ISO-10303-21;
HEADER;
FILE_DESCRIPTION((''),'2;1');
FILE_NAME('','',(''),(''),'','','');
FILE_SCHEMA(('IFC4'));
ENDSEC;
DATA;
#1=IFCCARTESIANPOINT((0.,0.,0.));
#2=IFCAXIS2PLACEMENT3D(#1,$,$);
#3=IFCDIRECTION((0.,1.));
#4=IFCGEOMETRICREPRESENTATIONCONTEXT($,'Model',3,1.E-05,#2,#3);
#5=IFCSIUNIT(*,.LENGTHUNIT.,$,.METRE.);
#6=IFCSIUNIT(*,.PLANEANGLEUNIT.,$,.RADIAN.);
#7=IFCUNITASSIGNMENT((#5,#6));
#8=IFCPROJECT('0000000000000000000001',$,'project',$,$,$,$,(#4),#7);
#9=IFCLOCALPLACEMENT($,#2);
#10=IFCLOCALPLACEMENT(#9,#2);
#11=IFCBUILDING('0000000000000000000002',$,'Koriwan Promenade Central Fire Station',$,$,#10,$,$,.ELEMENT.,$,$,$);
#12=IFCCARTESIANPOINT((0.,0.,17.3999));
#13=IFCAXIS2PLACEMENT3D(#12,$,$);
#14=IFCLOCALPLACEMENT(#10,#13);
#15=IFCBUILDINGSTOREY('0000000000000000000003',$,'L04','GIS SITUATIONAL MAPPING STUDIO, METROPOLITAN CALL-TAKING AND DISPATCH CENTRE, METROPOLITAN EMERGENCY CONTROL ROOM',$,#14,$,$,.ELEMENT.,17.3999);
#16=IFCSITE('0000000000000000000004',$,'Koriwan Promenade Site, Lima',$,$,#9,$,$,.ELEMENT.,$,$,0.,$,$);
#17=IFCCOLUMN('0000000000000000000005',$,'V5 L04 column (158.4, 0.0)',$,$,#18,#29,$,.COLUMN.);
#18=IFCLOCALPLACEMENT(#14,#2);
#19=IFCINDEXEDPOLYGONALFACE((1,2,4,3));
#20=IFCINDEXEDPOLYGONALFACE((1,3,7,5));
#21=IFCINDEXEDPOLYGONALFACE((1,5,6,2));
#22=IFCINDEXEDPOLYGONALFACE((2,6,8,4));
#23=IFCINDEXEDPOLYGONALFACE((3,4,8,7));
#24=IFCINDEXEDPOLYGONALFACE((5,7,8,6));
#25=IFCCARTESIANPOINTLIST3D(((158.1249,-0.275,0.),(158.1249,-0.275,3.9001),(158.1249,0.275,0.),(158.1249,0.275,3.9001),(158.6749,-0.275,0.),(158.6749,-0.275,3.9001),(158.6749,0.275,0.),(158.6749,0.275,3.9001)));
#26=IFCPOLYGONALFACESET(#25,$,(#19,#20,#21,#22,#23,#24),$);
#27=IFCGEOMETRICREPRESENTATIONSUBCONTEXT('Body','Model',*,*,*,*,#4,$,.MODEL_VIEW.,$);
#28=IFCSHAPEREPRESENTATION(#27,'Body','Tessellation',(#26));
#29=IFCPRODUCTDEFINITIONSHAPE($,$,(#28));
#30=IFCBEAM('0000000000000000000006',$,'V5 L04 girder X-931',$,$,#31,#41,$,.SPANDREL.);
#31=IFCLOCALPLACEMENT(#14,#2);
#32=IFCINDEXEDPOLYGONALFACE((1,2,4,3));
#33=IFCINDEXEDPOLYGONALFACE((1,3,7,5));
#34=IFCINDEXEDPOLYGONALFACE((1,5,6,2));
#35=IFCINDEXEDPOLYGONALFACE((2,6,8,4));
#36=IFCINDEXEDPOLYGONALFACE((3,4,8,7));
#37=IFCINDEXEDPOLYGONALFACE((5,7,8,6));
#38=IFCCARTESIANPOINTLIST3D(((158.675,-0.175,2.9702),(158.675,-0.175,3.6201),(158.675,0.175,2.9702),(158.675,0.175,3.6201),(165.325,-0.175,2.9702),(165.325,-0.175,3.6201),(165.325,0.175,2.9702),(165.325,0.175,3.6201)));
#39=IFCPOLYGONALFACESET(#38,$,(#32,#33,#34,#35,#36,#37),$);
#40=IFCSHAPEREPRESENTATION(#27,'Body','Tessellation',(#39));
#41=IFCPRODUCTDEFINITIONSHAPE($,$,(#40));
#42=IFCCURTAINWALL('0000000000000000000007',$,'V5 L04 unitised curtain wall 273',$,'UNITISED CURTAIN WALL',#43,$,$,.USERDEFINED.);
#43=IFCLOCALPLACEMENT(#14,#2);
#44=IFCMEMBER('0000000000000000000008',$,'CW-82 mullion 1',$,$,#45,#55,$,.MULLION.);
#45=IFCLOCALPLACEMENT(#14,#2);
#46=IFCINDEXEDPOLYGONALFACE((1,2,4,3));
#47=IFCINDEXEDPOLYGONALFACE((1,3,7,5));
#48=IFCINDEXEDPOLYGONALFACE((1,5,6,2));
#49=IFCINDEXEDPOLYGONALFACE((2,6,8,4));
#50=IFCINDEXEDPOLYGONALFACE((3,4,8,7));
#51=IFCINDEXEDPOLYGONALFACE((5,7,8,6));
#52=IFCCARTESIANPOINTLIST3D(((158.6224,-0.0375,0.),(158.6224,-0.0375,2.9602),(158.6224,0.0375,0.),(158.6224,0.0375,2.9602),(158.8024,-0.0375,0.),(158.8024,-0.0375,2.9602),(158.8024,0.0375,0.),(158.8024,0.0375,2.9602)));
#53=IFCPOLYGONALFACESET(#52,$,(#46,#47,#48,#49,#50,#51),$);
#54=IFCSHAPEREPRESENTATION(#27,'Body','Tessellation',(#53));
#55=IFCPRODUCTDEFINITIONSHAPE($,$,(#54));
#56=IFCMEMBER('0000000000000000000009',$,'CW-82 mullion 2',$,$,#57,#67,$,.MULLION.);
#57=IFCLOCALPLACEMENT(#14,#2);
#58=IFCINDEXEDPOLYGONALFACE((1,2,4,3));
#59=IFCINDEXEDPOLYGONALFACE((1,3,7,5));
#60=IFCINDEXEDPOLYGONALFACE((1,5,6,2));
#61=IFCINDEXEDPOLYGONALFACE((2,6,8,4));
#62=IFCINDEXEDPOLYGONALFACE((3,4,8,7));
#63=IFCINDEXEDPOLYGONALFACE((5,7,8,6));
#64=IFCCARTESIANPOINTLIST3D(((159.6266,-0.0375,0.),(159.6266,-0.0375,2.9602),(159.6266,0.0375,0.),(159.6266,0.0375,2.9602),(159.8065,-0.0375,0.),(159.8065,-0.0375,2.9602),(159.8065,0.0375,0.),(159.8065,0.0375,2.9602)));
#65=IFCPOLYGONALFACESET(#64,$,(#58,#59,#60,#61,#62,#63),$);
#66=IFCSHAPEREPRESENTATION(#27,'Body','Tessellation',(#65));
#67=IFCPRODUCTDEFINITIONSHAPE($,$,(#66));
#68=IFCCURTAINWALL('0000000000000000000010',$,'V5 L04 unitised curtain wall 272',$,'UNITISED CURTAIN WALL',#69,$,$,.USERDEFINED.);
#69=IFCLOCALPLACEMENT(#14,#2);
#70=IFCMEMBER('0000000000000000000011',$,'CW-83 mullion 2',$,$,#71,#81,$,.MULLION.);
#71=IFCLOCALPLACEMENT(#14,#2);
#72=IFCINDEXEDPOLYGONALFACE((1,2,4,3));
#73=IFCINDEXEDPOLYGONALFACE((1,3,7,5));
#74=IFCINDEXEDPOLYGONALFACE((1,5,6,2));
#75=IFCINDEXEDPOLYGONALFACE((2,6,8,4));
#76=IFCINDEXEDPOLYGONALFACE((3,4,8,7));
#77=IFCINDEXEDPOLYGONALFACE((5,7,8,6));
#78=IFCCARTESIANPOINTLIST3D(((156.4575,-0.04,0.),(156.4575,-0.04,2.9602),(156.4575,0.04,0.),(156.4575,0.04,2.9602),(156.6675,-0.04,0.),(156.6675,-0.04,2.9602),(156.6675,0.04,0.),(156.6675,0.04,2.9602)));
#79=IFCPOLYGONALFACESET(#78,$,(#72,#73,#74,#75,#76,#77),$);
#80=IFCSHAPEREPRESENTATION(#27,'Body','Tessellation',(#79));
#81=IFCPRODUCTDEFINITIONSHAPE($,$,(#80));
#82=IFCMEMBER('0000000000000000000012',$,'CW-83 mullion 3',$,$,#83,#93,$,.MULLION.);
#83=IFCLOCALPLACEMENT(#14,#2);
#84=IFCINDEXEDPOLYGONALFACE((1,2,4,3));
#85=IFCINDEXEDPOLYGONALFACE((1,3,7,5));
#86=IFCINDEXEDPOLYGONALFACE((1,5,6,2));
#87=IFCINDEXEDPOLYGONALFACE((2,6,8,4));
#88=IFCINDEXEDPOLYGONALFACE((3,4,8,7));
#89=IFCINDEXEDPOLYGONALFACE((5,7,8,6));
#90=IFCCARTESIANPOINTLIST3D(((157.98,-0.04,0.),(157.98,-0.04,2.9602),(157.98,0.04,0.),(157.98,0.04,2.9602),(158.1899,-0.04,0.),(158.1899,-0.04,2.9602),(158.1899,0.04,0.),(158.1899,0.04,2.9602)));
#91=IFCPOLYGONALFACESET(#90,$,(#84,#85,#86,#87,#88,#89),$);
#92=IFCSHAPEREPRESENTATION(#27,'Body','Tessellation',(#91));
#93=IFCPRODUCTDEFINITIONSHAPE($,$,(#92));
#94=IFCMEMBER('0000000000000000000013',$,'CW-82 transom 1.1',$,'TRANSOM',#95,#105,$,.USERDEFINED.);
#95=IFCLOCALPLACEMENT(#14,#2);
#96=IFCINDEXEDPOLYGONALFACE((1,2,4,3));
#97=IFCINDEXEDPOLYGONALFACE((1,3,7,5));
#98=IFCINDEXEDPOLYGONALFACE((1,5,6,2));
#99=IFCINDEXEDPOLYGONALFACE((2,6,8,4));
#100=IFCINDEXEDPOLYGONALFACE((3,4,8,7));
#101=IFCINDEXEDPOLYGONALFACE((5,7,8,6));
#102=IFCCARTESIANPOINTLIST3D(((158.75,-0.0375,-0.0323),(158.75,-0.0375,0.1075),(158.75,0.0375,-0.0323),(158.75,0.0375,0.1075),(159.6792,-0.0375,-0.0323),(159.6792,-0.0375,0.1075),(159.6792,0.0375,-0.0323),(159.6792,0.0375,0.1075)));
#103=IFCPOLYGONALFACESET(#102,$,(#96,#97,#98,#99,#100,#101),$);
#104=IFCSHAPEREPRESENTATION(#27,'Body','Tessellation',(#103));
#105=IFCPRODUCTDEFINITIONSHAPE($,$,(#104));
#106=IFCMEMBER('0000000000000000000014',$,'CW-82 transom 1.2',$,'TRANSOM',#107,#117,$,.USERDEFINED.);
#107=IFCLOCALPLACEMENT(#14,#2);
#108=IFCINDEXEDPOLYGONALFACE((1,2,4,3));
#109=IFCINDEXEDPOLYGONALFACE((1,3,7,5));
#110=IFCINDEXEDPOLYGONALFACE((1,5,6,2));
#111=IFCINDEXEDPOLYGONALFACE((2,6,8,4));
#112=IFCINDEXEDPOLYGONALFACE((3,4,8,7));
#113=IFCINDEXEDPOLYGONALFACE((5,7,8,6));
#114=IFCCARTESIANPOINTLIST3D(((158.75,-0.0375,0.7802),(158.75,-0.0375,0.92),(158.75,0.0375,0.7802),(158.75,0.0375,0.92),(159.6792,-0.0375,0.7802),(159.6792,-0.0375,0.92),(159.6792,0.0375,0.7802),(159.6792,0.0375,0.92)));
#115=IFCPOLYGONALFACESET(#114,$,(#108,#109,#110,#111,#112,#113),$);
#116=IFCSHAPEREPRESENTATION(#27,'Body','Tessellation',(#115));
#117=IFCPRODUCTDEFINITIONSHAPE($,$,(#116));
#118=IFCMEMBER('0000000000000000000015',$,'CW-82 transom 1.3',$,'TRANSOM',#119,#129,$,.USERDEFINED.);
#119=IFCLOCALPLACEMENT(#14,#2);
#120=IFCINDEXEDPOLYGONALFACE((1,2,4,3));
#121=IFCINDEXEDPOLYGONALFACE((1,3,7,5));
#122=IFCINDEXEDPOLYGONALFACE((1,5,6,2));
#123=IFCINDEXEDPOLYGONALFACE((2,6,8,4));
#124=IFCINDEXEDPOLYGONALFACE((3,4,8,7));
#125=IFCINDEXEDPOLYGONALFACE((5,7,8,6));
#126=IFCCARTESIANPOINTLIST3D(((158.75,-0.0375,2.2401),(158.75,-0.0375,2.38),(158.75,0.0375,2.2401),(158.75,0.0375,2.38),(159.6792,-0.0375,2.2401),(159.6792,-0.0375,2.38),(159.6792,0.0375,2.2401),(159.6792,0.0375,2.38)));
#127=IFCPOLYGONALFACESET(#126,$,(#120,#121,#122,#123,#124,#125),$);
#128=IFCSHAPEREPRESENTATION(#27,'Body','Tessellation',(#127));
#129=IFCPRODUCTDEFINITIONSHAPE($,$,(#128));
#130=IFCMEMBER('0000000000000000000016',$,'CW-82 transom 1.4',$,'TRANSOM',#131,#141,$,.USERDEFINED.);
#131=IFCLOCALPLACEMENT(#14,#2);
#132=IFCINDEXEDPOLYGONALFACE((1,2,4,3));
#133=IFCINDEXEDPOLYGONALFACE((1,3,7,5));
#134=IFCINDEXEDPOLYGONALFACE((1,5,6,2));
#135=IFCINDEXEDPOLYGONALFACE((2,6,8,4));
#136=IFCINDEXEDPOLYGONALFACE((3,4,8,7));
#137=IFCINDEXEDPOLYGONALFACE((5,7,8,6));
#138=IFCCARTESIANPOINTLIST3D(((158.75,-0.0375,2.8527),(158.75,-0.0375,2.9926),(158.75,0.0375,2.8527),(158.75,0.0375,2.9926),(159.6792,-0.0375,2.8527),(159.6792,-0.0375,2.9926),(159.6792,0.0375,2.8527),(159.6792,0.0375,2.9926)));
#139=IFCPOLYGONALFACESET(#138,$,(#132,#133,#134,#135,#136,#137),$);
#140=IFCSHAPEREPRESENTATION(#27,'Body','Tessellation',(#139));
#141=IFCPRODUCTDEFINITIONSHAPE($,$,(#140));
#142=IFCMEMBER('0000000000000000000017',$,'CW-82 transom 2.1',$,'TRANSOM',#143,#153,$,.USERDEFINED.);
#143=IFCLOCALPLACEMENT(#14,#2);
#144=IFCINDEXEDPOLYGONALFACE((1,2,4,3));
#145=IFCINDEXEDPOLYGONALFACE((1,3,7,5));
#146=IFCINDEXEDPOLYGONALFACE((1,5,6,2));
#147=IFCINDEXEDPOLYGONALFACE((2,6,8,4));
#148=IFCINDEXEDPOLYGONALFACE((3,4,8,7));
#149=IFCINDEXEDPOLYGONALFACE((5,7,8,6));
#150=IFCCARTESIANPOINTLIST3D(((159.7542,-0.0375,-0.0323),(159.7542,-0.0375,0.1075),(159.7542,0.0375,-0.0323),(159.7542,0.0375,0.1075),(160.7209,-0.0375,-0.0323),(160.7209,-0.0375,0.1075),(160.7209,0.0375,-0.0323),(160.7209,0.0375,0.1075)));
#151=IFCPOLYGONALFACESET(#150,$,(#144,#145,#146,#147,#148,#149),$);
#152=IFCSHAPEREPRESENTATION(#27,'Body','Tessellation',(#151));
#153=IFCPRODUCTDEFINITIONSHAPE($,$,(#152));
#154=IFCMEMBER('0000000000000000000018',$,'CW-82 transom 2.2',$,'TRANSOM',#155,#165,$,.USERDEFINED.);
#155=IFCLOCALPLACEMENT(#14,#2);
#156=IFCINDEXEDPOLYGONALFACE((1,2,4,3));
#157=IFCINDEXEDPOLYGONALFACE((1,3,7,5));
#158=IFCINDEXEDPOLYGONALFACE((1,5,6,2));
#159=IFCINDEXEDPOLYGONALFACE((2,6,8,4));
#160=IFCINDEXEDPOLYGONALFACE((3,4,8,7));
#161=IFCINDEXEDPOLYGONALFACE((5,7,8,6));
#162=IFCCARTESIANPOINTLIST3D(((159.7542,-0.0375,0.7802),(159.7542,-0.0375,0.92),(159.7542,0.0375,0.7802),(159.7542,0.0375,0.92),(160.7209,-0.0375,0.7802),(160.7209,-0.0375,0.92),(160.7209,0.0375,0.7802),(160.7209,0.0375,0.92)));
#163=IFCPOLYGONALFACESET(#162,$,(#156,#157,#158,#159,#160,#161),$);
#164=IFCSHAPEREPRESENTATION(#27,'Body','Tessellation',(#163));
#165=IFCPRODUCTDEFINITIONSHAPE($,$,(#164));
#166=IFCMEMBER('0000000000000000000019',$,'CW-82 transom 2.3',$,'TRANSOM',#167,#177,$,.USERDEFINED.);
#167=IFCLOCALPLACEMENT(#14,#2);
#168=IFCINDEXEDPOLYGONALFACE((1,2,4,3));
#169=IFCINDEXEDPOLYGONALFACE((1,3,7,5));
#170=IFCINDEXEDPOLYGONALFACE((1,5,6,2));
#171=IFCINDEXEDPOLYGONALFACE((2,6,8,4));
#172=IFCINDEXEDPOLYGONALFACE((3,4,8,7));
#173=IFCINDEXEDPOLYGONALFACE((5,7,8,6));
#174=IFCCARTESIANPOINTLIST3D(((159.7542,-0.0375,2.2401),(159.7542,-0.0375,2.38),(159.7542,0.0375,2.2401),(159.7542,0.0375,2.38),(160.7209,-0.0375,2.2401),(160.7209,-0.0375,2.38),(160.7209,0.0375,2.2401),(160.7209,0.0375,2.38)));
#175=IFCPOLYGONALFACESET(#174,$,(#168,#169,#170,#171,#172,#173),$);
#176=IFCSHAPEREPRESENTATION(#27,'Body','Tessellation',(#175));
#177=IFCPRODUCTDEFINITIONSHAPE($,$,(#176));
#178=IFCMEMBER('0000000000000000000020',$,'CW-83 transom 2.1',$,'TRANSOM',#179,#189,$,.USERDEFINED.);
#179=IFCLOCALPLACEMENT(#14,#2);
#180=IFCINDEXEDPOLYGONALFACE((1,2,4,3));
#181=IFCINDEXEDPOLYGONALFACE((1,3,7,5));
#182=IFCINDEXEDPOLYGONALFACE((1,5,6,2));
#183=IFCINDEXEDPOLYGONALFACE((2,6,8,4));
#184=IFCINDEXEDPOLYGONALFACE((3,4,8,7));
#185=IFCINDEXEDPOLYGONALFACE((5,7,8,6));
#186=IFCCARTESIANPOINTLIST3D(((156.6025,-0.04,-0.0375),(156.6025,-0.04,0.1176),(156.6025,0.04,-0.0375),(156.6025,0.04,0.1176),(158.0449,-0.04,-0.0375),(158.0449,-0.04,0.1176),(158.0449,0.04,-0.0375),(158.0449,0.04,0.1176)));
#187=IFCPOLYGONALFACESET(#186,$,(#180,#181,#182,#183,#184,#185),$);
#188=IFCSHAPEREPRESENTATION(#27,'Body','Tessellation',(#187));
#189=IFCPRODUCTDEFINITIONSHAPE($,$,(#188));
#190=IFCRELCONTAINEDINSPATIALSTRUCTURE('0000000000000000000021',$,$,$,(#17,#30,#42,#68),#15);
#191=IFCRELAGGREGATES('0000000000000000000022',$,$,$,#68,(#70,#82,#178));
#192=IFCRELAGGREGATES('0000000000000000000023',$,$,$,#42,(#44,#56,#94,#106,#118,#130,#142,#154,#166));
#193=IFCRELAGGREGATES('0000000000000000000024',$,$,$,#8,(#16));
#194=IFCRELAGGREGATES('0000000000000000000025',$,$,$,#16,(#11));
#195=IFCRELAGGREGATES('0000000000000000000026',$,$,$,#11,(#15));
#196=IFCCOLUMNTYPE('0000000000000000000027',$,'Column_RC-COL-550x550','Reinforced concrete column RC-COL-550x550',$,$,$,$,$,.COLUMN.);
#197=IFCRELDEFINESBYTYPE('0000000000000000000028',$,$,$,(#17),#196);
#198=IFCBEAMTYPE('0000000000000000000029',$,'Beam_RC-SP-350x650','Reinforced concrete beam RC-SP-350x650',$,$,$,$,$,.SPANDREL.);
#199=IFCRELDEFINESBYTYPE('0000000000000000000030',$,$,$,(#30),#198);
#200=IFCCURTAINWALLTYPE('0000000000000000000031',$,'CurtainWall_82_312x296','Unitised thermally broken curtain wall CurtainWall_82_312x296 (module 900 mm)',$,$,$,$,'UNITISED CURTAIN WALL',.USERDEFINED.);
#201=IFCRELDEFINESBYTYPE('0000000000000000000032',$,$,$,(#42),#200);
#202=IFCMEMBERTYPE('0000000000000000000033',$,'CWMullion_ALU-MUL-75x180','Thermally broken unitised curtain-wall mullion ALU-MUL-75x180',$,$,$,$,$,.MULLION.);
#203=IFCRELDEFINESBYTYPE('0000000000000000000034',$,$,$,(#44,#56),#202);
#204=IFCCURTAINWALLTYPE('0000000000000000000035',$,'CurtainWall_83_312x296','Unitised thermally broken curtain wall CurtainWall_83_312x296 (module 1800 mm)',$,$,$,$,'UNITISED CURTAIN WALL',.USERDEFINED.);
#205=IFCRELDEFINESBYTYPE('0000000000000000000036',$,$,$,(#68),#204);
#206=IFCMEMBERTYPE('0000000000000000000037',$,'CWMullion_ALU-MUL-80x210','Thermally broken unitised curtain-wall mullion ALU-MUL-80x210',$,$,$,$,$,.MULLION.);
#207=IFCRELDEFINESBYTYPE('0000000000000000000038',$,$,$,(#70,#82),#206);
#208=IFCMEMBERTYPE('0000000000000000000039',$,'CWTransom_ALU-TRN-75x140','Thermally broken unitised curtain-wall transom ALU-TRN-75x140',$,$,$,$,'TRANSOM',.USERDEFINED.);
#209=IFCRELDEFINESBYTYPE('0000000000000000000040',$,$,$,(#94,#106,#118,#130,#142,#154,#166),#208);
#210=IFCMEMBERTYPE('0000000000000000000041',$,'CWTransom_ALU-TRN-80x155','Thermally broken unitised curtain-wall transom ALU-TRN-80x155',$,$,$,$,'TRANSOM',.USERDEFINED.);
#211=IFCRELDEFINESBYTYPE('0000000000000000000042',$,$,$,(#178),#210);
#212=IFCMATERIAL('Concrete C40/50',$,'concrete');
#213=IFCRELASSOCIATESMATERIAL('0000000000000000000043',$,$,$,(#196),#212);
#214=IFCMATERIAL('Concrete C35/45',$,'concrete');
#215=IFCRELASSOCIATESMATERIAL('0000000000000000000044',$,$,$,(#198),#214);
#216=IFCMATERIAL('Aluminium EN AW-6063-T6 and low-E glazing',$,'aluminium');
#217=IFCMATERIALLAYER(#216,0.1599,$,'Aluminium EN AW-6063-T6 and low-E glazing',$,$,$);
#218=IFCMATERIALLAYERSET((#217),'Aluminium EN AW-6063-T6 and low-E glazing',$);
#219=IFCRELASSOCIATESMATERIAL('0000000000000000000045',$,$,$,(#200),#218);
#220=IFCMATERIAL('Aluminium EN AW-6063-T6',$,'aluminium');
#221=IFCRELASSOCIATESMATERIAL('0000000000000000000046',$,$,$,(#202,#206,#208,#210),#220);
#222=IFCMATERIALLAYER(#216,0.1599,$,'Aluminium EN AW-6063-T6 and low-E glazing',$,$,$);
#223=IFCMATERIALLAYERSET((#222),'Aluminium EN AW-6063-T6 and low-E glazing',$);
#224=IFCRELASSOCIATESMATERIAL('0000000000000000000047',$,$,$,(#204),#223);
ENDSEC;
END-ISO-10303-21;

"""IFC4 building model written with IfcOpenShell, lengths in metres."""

from ifc_helpers import new_model, si_unit, direction, frame, origin, origin_2d, place, context, subcontext, project, spatial, rectangle, extrude, material, layer, layer_set, material_profile, profile_set, type_object, element, aggregate, save


model = new_model("IFC4")

# Units and contexts
model_context = context("Model", 3, precision=1e-05, world=origin(), true_north=direction((0.0, 1.0)))
body_context = subcontext(model_context, "Body", "Model", "MODEL_VIEW")
ifc_project = project(units=[si_unit("LENGTHUNIT", "METRE"), si_unit("PLANEANGLEUNIT", "RADIAN")], contexts=[model_context])

# Site, building, storey
site_placement = place(None, origin())
site = spatial("IfcSite", under=ifc_project, at=site_placement, Name="Koriwan Promenade Site, Lima", CompositionType="ELEMENT", RefElevation=0.0)
building_placement = place(site_placement, origin())
building = spatial("IfcBuilding", under=site, at=building_placement, Name="Koriwan Promenade Central Fire Station", CompositionType="ELEMENT")
storey_placement = place(building_placement, frame((0.0, 0.0, 17.3999)))
storey = spatial("IfcBuildingStorey", under=building, at=storey_placement, Name="L04", Description="GIS SITUATIONAL MAPPING STUDIO, METROPOLITAN CALL-TAKING AND DISPATCH CENTRE, METROPOLITAN EMERGENCY CONTROL ROOM", CompositionType="ELEMENT", Elevation=17.3999)

# Column
ifc_material_1 = material(Name="Concrete C40/50", Category="concrete")
ifc_material_profile_1 = material_profile(ifc_material_1, rectangle(XDim=0.55, YDim=0.55, at=origin_2d()), Name="RC-COL-550x550")
ifc_profile_set_1 = profile_set([ifc_material_profile_1], Name="Concrete C40/50")
column_type = type_object("IfcColumnType", Name="Column_RC-COL-550x550", Description="Reinforced concrete column RC-COL-550x550", PredefinedType="COLUMN", material=ifc_profile_set_1)
column_placement = place(storey_placement, frame((158.3999, 0.0, 0.0), z_axis=(0.0, 0.0, 1.0), x_axis=(1.0, 0.0, 0.0)))
element("IfcColumn", 1, at=column_placement, inside=storey, type_object=column_type, Name="V5 L04 column (158.4, 0.0)", PredefinedType="COLUMN", context=body_context, shape_type="SweptSolid", body=[
    extrude(rectangle(XDim=0.55, YDim=0.55, at=origin_2d()), origin(), (0.0, 0.0, 1.0), 3.9001),
])

# Beam
ifc_material_2 = material(Name="Concrete C35/45", Category="concrete")
ifc_material_profile_2 = material_profile(ifc_material_2, rectangle(XDim=0.3501, YDim=0.6499, at=origin_2d()), Name="RC-SP-350x650")
ifc_profile_set_2 = profile_set([ifc_material_profile_2], Name="Concrete C35/45")
beam_type = type_object("IfcBeamType", Name="Beam_RC-SP-350x650", Description="Reinforced concrete beam RC-SP-350x650", PredefinedType="SPANDREL", material=ifc_profile_set_2)
beam_placement = place(storey_placement, frame((158.675, 0.0, 3.2952), z_axis=(1.0, 0.0, 0.0), x_axis=(0.0, 1.0, 0.0)))
element("IfcBeam", 2, at=beam_placement, inside=storey, type_object=beam_type, Name="V5 L04 girder X-931", PredefinedType="SPANDREL", context=body_context, shape_type="SweptSolid", body=[
    extrude(rectangle(XDim=0.3501, YDim=0.6499, at=origin_2d()), origin(), (0.0, 0.0, 1.0), 6.6499),
])

# Curtain walls, members
ifc_material_3 = material(Name="Aluminium EN AW-6063-T6 and low-E glazing", Category="aluminium")
ifc_layer_1 = layer(ifc_material_3, 0.1599, Name="Aluminium EN AW-6063-T6 and low-E glazing")
ifc_layer_set_1 = layer_set([ifc_layer_1], Name="Aluminium EN AW-6063-T6 and low-E glazing")
curtain_wall_type_1 = type_object("IfcCurtainWallType", Name="CurtainWall_82_312x296", Description="Unitised thermally broken curtain wall CurtainWall_82_312x296 (module 900 mm)", ElementType="UNITISED CURTAIN WALL", PredefinedType="USERDEFINED", material=ifc_layer_set_1)
curtain_wall_1_placement = place(storey_placement, origin())
curtain_wall_1 = element("IfcCurtainWall", 3, at=curtain_wall_1_placement, inside=storey, type_object=curtain_wall_type_1, Name="V5 L04 unitised curtain wall 273", ObjectType="UNITISED CURTAIN WALL", PredefinedType="USERDEFINED")
ifc_material_4 = material(Name="Aluminium EN AW-6063-T6", Category="aluminium")
ifc_material_profile_3 = material_profile(ifc_material_4, rectangle(XDim=0.075, YDim=0.1799, at=origin_2d()), Name="ALU-MUL-75x180")
ifc_profile_set_3 = profile_set([ifc_material_profile_3], Name="Aluminium EN AW-6063-T6")
member_type_1 = type_object("IfcMemberType", Name="CWMullion_ALU-MUL-75x180", Description="Thermally broken unitised curtain-wall mullion ALU-MUL-75x180", PredefinedType="MULLION", material=ifc_profile_set_3)
member_1_placement = place(storey_placement, frame((158.7124, 0.0, 0.0), z_axis=(0.0, 0.0, 1.0), x_axis=(0.0, 1.0, 0.0)))
member_1 = element("IfcMember", 4, at=member_1_placement, type_object=member_type_1, Name="CW-82 mullion 1", PredefinedType="MULLION", context=body_context, shape_type="SweptSolid", body=[
    extrude(rectangle(XDim=0.075, YDim=0.1799, at=origin_2d()), origin(), (0.0, 0.0, 1.0), 2.9602),
])
member_2_placement = place(storey_placement, frame((159.7166, 0.0, 0.0), z_axis=(0.0, 0.0, 1.0), x_axis=(0.0, 1.0, 0.0)))
member_2 = element("IfcMember", 5, at=member_2_placement, type_object=member_type_1, Name="CW-82 mullion 2", PredefinedType="MULLION", context=body_context, shape_type="SweptSolid", body=[
    extrude(rectangle(XDim=0.075, YDim=0.1799, at=origin_2d()), origin(), (0.0, 0.0, 1.0), 2.9602),
])
ifc_layer_2 = layer(ifc_material_3, 0.1599, Name="Aluminium EN AW-6063-T6 and low-E glazing")
ifc_layer_set_2 = layer_set([ifc_layer_2], Name="Aluminium EN AW-6063-T6 and low-E glazing")
curtain_wall_type_2 = type_object("IfcCurtainWallType", Name="CurtainWall_83_312x296", Description="Unitised thermally broken curtain wall CurtainWall_83_312x296 (module 1800 mm)", ElementType="UNITISED CURTAIN WALL", PredefinedType="USERDEFINED", material=ifc_layer_set_2)
curtain_wall_2_placement = place(storey_placement, origin())
curtain_wall_2 = element("IfcCurtainWall", 6, at=curtain_wall_2_placement, inside=storey, type_object=curtain_wall_type_2, Name="V5 L04 unitised curtain wall 272", ObjectType="UNITISED CURTAIN WALL", PredefinedType="USERDEFINED")
ifc_material_profile_4 = material_profile(ifc_material_4, rectangle(XDim=0.0801, YDim=0.21, at=origin_2d()), Name="ALU-MUL-80x210")
ifc_profile_set_4 = profile_set([ifc_material_profile_4], Name="Aluminium EN AW-6063-T6")
member_type_2 = type_object("IfcMemberType", Name="CWMullion_ALU-MUL-80x210", Description="Thermally broken unitised curtain-wall mullion ALU-MUL-80x210", PredefinedType="MULLION", material=ifc_profile_set_4)
member_3_placement = place(storey_placement, frame((156.5625, 0.0, 0.0), z_axis=(0.0, 0.0, 1.0), x_axis=(0.0, 1.0, 0.0)))
member_3 = element("IfcMember", 7, at=member_3_placement, type_object=member_type_2, Name="CW-83 mullion 2", PredefinedType="MULLION", context=body_context, shape_type="SweptSolid", body=[
    extrude(rectangle(XDim=0.0801, YDim=0.21, at=origin_2d()), origin(), (0.0, 0.0, 1.0), 2.9602),
])
member_4_placement = place(storey_placement, frame((158.085, 0.0, 0.0), z_axis=(0.0, 0.0, 1.0), x_axis=(0.0, 1.0, 0.0)))
member_4 = element("IfcMember", 8, at=member_4_placement, type_object=member_type_2, Name="CW-83 mullion 3", PredefinedType="MULLION", context=body_context, shape_type="SweptSolid", body=[
    extrude(rectangle(XDim=0.0801, YDim=0.21, at=origin_2d()), origin(), (0.0, 0.0, 1.0), 2.9602),
])

# Members
ifc_material_profile_5 = material_profile(ifc_material_4, rectangle(XDim=0.075, YDim=0.1399, at=origin_2d()), Name="ALU-TRN-75x140")
ifc_profile_set_5 = profile_set([ifc_material_profile_5], Name="Aluminium EN AW-6063-T6")
member_type_3 = type_object("IfcMemberType", Name="CWTransom_ALU-TRN-75x140", Description="Thermally broken unitised curtain-wall transom ALU-TRN-75x140", ElementType="TRANSOM", PredefinedType="USERDEFINED", material=ifc_profile_set_5)
member_5_placement = place(storey_placement, frame((158.75, 0.0, 0.0376), z_axis=(1.0, 0.0, 0.0), x_axis=(0.0, 1.0, 0.0)))
member_5 = element("IfcMember", 9, at=member_5_placement, type_object=member_type_3, Name="CW-82 transom 1.1", ObjectType="TRANSOM", PredefinedType="USERDEFINED", context=body_context, shape_type="SweptSolid", body=[
    extrude(rectangle(XDim=0.075, YDim=0.1399, at=origin_2d()), origin(), (0.0, 0.0, 1.0), 0.9292),
])
member_6_placement = place(storey_placement, frame((158.75, 0.0, 0.8501), z_axis=(1.0, 0.0, 0.0), x_axis=(0.0, 1.0, 0.0)))
member_6 = element("IfcMember", 10, at=member_6_placement, type_object=member_type_3, Name="CW-82 transom 1.2", ObjectType="TRANSOM", PredefinedType="USERDEFINED", context=body_context, shape_type="SweptSolid", body=[
    extrude(rectangle(XDim=0.075, YDim=0.1399, at=origin_2d()), origin(), (0.0, 0.0, 1.0), 0.9292),
])
member_7_placement = place(storey_placement, frame((158.75, 0.0, 2.3101), z_axis=(1.0, 0.0, 0.0), x_axis=(0.0, 1.0, 0.0)))
member_7 = element("IfcMember", 11, at=member_7_placement, type_object=member_type_3, Name="CW-82 transom 1.3", ObjectType="TRANSOM", PredefinedType="USERDEFINED", context=body_context, shape_type="SweptSolid", body=[
    extrude(rectangle(XDim=0.075, YDim=0.1399, at=origin_2d()), origin(), (0.0, 0.0, 1.0), 0.9292),
])
member_8_placement = place(storey_placement, frame((158.75, 0.0, 2.9226), z_axis=(1.0, 0.0, 0.0), x_axis=(0.0, 1.0, 0.0)))
member_8 = element("IfcMember", 12, at=member_8_placement, type_object=member_type_3, Name="CW-82 transom 1.4", ObjectType="TRANSOM", PredefinedType="USERDEFINED", context=body_context, shape_type="SweptSolid", body=[
    extrude(rectangle(XDim=0.075, YDim=0.1399, at=origin_2d()), origin(), (0.0, 0.0, 1.0), 0.9292),
])
member_9_placement = place(storey_placement, frame((159.7542, 0.0, 0.0376), z_axis=(1.0, 0.0, 0.0), x_axis=(0.0, 1.0, 0.0)))
member_9 = element("IfcMember", 13, at=member_9_placement, type_object=member_type_3, Name="CW-82 transom 2.1", ObjectType="TRANSOM", PredefinedType="USERDEFINED", context=body_context, shape_type="SweptSolid", body=[
    extrude(rectangle(XDim=0.075, YDim=0.1399, at=origin_2d()), origin(), (0.0, 0.0, 1.0), 0.9668),
])
member_10_placement = place(storey_placement, frame((159.7542, 0.0, 0.8501), z_axis=(1.0, 0.0, 0.0), x_axis=(0.0, 1.0, 0.0)))
member_10 = element("IfcMember", 14, at=member_10_placement, type_object=member_type_3, Name="CW-82 transom 2.2", ObjectType="TRANSOM", PredefinedType="USERDEFINED", context=body_context, shape_type="SweptSolid", body=[
    extrude(rectangle(XDim=0.075, YDim=0.1399, at=origin_2d()), origin(), (0.0, 0.0, 1.0), 0.9668),
])
member_11_placement = place(storey_placement, frame((159.7542, 0.0, 2.3101), z_axis=(1.0, 0.0, 0.0), x_axis=(0.0, 1.0, 0.0)))
member_11 = element("IfcMember", 15, at=member_11_placement, type_object=member_type_3, Name="CW-82 transom 2.3", ObjectType="TRANSOM", PredefinedType="USERDEFINED", context=body_context, shape_type="SweptSolid", body=[
    extrude(rectangle(XDim=0.075, YDim=0.1399, at=origin_2d()), origin(), (0.0, 0.0, 1.0), 0.9668),
])
ifc_material_profile_6 = material_profile(ifc_material_4, rectangle(XDim=0.0801, YDim=0.155, at=origin_2d()), Name="ALU-TRN-80x155")
ifc_profile_set_6 = profile_set([ifc_material_profile_6], Name="Aluminium EN AW-6063-T6")
member_type_4 = type_object("IfcMemberType", Name="CWTransom_ALU-TRN-80x155", Description="Thermally broken unitised curtain-wall transom ALU-TRN-80x155", ElementType="TRANSOM", PredefinedType="USERDEFINED", material=ifc_profile_set_6)
member_12_placement = place(storey_placement, frame((156.6025, 0.0, 0.04), z_axis=(1.0, 0.0, 0.0), x_axis=(0.0, 1.0, 0.0)))
member_12 = element("IfcMember", 16, at=member_12_placement, type_object=member_type_4, Name="CW-83 transom 2.1", ObjectType="TRANSOM", PredefinedType="USERDEFINED", context=body_context, shape_type="SweptSolid", body=[
    extrude(rectangle(XDim=0.0801, YDim=0.155, at=origin_2d()), origin(), (0.0, 0.0, 1.0), 1.4424),
])

aggregate(curtain_wall_2, [member_3, member_4, member_12])
aggregate(curtain_wall_1, [member_1, member_2, member_5, member_6, member_7, member_8, member_9, member_10, member_11])

save(model, "model.ifc")
